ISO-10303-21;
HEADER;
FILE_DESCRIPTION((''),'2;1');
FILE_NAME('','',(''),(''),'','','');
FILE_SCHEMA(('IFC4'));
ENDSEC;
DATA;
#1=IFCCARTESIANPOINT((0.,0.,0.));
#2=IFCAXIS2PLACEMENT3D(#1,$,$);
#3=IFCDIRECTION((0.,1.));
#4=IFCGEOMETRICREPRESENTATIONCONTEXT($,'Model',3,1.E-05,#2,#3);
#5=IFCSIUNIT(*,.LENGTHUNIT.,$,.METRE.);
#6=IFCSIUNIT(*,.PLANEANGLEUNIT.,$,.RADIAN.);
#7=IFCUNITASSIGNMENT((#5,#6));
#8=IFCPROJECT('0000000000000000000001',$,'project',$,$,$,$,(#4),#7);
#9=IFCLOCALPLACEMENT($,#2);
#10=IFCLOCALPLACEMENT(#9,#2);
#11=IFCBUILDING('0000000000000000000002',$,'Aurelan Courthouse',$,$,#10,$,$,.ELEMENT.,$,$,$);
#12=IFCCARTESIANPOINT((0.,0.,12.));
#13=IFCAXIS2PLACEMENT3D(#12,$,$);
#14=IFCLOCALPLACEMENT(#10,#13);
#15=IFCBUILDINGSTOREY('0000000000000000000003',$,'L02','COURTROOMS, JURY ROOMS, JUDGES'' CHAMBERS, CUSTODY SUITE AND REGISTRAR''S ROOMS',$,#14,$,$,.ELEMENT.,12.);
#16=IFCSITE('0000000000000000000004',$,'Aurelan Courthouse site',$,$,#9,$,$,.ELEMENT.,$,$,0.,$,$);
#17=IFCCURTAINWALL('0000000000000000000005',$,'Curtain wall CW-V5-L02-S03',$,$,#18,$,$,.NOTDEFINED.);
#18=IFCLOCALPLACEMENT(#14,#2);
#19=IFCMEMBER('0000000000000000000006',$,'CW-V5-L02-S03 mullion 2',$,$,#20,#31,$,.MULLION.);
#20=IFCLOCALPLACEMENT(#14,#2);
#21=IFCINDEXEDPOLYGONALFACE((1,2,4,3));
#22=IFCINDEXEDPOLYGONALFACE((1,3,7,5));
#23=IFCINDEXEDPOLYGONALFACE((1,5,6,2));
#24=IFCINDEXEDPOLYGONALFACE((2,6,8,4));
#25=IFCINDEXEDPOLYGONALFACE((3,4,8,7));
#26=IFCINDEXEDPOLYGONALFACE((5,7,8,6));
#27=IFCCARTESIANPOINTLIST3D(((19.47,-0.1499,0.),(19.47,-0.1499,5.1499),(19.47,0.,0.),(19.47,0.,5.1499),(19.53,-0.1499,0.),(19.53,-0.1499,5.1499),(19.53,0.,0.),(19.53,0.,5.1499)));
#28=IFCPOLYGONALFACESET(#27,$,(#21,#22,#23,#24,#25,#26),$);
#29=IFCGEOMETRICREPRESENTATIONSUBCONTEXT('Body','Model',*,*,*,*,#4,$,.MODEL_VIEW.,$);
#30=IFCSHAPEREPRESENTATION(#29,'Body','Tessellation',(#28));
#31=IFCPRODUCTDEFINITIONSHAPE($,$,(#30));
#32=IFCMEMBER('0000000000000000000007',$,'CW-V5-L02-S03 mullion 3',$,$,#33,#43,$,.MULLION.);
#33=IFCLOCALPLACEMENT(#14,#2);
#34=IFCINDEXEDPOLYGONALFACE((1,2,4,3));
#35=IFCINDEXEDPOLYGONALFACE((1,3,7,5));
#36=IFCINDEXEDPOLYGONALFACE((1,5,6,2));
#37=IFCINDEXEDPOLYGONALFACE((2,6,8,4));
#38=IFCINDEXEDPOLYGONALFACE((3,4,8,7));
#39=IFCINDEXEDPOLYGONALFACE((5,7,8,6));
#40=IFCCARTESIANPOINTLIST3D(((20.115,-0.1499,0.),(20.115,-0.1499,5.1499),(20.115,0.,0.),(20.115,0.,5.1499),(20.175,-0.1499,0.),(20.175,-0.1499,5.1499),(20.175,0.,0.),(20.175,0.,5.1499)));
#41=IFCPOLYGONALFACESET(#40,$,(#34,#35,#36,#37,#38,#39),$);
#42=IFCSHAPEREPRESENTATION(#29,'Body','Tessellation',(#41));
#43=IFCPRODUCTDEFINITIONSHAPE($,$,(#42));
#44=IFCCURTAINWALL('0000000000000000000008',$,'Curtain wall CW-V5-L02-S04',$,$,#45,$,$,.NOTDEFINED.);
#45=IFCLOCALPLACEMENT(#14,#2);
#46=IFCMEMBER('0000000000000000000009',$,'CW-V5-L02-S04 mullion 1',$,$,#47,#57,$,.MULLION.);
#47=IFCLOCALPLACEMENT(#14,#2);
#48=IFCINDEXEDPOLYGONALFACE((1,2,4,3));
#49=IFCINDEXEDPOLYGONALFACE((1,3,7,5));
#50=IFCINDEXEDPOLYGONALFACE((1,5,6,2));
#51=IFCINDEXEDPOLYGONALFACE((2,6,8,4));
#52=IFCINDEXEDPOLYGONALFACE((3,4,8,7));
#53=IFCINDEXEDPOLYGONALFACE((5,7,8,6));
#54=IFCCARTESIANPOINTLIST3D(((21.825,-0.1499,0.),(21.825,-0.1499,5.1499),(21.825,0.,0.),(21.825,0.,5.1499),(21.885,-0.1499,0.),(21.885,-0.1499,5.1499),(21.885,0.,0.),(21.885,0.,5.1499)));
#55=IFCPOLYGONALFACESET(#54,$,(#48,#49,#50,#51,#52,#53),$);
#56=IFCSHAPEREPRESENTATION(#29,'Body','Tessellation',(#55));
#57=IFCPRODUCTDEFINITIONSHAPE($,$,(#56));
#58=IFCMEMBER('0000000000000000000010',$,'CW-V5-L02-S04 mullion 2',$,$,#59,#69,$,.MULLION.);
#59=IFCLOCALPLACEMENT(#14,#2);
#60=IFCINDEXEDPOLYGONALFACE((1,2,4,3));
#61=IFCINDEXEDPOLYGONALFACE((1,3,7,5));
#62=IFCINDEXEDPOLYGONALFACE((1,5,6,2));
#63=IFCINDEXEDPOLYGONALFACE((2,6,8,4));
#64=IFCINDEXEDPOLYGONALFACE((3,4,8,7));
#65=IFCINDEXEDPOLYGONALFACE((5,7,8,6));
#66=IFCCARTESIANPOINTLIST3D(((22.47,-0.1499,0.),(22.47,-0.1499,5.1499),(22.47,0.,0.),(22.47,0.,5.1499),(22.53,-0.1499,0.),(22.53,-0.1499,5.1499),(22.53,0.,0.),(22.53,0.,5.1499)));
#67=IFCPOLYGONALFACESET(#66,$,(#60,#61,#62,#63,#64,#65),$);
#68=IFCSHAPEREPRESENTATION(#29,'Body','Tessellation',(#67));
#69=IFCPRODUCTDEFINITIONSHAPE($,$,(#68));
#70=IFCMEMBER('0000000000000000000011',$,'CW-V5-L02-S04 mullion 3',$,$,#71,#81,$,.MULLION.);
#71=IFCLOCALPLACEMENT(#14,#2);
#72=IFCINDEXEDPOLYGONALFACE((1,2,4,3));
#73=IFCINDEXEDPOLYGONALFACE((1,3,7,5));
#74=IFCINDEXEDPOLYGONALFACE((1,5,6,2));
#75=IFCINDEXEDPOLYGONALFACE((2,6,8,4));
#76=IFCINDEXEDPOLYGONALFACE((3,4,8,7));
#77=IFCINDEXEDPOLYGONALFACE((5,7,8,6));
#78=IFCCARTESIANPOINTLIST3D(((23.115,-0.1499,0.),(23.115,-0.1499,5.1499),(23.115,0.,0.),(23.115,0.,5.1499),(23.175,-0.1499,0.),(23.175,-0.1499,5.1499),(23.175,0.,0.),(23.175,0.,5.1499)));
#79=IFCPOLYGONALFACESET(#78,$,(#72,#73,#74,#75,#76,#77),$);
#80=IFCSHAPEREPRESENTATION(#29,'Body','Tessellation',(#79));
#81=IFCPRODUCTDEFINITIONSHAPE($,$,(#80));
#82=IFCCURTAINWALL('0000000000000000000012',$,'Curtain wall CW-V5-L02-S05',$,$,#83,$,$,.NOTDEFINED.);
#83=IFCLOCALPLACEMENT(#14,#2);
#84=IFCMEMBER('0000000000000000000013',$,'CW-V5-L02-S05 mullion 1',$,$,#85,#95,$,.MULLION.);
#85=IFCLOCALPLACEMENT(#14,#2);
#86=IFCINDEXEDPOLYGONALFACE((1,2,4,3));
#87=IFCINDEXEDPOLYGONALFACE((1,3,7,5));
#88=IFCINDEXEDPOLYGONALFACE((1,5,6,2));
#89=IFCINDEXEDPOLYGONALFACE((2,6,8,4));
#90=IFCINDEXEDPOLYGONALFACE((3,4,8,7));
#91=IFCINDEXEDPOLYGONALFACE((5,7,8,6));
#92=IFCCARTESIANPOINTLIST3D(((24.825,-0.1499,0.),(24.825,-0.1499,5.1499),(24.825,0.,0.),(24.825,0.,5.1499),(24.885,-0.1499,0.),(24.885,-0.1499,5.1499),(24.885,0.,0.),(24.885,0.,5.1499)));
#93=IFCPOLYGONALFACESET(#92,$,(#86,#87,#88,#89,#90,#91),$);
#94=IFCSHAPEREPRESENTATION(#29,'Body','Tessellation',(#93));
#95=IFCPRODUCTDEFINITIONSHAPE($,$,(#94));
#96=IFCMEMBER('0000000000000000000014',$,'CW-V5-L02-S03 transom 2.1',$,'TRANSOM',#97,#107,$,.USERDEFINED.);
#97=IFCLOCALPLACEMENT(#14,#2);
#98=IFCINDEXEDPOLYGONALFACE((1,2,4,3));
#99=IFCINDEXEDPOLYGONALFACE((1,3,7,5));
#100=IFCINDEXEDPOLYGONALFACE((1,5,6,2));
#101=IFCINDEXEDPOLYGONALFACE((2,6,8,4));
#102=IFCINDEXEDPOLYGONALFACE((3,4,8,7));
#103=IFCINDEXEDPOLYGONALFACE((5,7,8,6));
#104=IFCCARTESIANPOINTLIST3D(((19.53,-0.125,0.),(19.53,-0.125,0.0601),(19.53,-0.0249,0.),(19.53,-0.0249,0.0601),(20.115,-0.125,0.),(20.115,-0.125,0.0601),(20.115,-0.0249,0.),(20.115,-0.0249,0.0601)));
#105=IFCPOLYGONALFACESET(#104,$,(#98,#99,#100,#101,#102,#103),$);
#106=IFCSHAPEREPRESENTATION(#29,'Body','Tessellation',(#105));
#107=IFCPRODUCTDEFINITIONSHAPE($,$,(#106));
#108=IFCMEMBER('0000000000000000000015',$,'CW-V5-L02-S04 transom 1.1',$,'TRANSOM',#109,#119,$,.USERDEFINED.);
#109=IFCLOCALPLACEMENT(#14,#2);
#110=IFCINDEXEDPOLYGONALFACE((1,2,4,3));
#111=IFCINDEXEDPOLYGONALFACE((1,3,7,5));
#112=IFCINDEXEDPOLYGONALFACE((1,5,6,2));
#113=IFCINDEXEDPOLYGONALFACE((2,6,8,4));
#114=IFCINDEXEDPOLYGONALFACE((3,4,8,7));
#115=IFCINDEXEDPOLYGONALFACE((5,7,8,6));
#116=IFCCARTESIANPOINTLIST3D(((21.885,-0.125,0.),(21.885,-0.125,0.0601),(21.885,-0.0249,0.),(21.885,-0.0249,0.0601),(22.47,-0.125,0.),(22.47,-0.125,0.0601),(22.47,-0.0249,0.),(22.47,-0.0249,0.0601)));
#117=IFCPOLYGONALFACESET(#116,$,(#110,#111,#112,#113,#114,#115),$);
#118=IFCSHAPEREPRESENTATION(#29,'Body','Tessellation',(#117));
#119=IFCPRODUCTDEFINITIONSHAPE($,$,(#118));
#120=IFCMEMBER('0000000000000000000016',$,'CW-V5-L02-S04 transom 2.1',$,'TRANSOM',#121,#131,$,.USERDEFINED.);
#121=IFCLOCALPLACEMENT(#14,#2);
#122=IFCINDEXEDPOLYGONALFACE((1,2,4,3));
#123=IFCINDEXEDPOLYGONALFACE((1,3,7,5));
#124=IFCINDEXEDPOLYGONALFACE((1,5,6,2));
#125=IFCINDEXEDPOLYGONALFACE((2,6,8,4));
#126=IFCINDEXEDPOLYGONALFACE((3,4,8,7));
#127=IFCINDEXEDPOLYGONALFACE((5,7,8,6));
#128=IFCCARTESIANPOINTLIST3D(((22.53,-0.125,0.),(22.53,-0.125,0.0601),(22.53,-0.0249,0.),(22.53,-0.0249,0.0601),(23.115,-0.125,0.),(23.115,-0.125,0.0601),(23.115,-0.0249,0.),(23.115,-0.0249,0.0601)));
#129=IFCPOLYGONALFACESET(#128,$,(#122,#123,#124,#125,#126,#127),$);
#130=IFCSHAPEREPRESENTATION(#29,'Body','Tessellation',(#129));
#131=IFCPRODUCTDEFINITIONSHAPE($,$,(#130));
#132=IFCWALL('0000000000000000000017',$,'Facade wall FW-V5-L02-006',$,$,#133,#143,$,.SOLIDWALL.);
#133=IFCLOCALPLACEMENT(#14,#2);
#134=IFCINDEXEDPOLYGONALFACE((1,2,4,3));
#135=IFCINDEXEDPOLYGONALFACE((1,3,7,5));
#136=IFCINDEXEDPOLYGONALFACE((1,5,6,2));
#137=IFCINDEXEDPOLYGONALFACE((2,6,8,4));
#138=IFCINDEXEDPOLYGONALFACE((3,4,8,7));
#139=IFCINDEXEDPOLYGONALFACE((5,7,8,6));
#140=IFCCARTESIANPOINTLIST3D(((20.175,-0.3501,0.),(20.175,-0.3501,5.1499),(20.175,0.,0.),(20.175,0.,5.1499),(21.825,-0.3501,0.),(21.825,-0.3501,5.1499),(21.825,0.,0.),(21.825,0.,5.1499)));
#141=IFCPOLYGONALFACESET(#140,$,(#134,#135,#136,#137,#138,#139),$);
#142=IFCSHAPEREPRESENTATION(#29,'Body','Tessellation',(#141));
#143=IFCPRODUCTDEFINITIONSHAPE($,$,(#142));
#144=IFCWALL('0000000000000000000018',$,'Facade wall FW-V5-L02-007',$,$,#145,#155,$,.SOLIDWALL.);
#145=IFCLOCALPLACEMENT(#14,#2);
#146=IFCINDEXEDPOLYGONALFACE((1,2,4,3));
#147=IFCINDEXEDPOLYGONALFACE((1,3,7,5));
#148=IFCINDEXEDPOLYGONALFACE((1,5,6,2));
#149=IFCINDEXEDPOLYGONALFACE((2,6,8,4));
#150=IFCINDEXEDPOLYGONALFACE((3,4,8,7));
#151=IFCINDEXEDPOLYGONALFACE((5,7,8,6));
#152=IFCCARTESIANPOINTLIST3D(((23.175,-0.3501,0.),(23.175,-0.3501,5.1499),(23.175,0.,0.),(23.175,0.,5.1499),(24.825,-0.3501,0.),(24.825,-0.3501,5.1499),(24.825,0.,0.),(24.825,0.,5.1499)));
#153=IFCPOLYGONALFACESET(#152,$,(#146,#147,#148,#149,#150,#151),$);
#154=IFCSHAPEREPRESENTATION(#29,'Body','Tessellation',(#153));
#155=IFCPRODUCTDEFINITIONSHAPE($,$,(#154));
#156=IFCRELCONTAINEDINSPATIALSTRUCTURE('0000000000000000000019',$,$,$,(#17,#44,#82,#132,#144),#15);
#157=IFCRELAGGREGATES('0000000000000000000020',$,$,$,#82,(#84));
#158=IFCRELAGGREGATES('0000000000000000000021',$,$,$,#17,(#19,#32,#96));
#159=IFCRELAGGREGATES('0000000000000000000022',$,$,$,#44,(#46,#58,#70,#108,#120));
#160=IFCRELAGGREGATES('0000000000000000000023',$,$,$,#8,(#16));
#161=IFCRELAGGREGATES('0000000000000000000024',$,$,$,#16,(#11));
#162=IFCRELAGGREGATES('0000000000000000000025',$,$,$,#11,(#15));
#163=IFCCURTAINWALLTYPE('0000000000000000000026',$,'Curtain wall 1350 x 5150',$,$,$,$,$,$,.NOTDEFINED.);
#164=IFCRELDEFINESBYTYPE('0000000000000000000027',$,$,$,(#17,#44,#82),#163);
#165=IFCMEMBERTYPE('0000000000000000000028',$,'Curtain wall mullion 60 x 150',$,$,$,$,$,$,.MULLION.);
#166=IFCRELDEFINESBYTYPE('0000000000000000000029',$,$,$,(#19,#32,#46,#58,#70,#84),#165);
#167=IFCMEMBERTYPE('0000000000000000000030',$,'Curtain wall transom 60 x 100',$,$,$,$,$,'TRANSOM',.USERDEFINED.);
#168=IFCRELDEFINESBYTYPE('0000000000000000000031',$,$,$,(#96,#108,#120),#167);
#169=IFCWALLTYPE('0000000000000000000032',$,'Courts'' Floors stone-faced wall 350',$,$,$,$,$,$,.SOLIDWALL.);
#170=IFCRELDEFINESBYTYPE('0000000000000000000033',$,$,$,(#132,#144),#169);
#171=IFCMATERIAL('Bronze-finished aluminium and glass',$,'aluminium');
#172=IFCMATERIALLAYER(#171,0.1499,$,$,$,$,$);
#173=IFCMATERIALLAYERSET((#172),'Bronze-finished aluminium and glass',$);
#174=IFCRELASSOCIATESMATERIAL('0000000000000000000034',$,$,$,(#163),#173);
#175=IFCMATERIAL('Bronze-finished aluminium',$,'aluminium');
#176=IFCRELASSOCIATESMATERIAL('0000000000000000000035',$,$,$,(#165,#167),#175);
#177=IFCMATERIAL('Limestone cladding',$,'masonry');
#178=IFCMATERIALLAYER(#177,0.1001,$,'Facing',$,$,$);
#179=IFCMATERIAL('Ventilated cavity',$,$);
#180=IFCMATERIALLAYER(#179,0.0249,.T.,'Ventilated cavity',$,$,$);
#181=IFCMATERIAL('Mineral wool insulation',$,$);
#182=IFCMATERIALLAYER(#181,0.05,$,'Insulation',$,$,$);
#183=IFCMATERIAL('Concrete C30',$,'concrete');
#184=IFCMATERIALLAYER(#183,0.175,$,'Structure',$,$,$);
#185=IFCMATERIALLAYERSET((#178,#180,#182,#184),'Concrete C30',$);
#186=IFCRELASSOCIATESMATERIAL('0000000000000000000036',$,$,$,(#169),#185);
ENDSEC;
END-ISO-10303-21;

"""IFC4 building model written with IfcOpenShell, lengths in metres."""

from ifc_helpers import new_model, si_unit, direction, frame, frame_2d, origin, origin_2d, place, context, subcontext, project, spatial, rectangle, extrude, material, layer, layer_set, material_profile, profile_set, type_object, element, aggregate, save


model = new_model("IFC4")

# Units and contexts
model_context = context("Model", 3, precision=1e-05, world=origin(), true_north=direction((0.0, 1.0)))
body_context = subcontext(model_context, "Body", "Model", "MODEL_VIEW")
ifc_project = project(units=[si_unit("LENGTHUNIT", "METRE"), si_unit("PLANEANGLEUNIT", "RADIAN")], contexts=[model_context])

# Site, building, storey
site_placement = place(None, origin())
site = spatial("IfcSite", under=ifc_project, at=site_placement, Name="Aurelan Courthouse site", CompositionType="ELEMENT", RefElevation=0.0)
building_placement = place(site_placement, origin())
building = spatial("IfcBuilding", under=site, at=building_placement, Name="Aurelan Courthouse", CompositionType="ELEMENT")
storey_placement = place(building_placement, frame((0.0, 0.0, 12.0)))
storey = spatial("IfcBuildingStorey", under=building, at=storey_placement, Name="L02", Description="COURTROOMS, JURY ROOMS, JUDGES' CHAMBERS, CUSTODY SUITE AND REGISTRAR'S ROOMS", CompositionType="ELEMENT", Elevation=12.0)

# Curtain walls, members
ifc_material_1 = material(Name="Bronze-finished aluminium and glass", Category="aluminium")
ifc_layer_1 = layer(ifc_material_1, 0.1499)
ifc_layer_set_1 = layer_set([ifc_layer_1], Name="Bronze-finished aluminium and glass")
curtain_wall_type = type_object("IfcCurtainWallType", Name="Curtain wall 1350 x 5150", PredefinedType="NOTDEFINED", material=ifc_layer_set_1)
curtain_wall_1_placement = place(storey_placement, origin())
curtain_wall_1 = element("IfcCurtainWall", 1, at=curtain_wall_1_placement, inside=storey, type_object=curtain_wall_type, Name="Curtain wall CW-V5-L02-S03", PredefinedType="NOTDEFINED")
ifc_material_2 = material(Name="Bronze-finished aluminium", Category="aluminium")
ifc_material_profile_1 = material_profile(ifc_material_2, rectangle(XDim=0.1499, YDim=0.0601, at=origin_2d()), Name="Bronze mullion 60 x 150")
ifc_profile_set_1 = profile_set([ifc_material_profile_1], Name="Bronze-finished aluminium")
member_type_1 = type_object("IfcMemberType", Name="Curtain wall mullion 60 x 150", PredefinedType="MULLION", material=ifc_profile_set_1)
member_1_placement = place(storey_placement, frame((19.5, -0.075, 0.0), z_axis=(0.0, 0.0, 1.0), x_axis=(0.0, 1.0, 0.0)))
member_1 = element("IfcMember", 2, at=member_1_placement, type_object=member_type_1, Name="CW-V5-L02-S03 mullion 2", PredefinedType="MULLION", context=body_context, shape_type="SweptSolid", body=[
    extrude(rectangle(XDim=0.1499, YDim=0.0601, at=origin_2d()), origin(), (0.0, 0.0, 1.0), 5.1499),
])
member_2_placement = place(storey_placement, frame((20.145, -0.075, 0.0), z_axis=(0.0, 0.0, 1.0), x_axis=(0.0, 1.0, 0.0)))
member_2 = element("IfcMember", 3, at=member_2_placement, type_object=member_type_1, Name="CW-V5-L02-S03 mullion 3", PredefinedType="MULLION", context=body_context, shape_type="SweptSolid", body=[
    extrude(rectangle(XDim=0.1499, YDim=0.0601, at=origin_2d()), origin(), (0.0, 0.0, 1.0), 5.1499),
])
curtain_wall_2_placement = place(storey_placement, origin())
curtain_wall_2 = element("IfcCurtainWall", 4, at=curtain_wall_2_placement, inside=storey, type_object=curtain_wall_type, Name="Curtain wall CW-V5-L02-S04", PredefinedType="NOTDEFINED")
member_3_placement = place(storey_placement, frame((21.855, -0.075, 0.0), z_axis=(0.0, 0.0, 1.0), x_axis=(0.0, 1.0, 0.0)))
member_3 = element("IfcMember", 5, at=member_3_placement, type_object=member_type_1, Name="CW-V5-L02-S04 mullion 1", PredefinedType="MULLION", context=body_context, shape_type="SweptSolid", body=[
    extrude(rectangle(XDim=0.1499, YDim=0.0601, at=origin_2d()), origin(), (0.0, 0.0, 1.0), 5.1499),
])
member_4_placement = place(storey_placement, frame((22.5, -0.075, 0.0), z_axis=(0.0, 0.0, 1.0), x_axis=(0.0, 1.0, 0.0)))
member_4 = element("IfcMember", 6, at=member_4_placement, type_object=member_type_1, Name="CW-V5-L02-S04 mullion 2", PredefinedType="MULLION", context=body_context, shape_type="SweptSolid", body=[
    extrude(rectangle(XDim=0.1499, YDim=0.0601, at=origin_2d()), origin(), (0.0, 0.0, 1.0), 5.1499),
])
member_5_placement = place(storey_placement, frame((23.145, -0.075, 0.0), z_axis=(0.0, 0.0, 1.0), x_axis=(0.0, 1.0, 0.0)))
member_5 = element("IfcMember", 7, at=member_5_placement, type_object=member_type_1, Name="CW-V5-L02-S04 mullion 3", PredefinedType="MULLION", context=body_context, shape_type="SweptSolid", body=[
    extrude(rectangle(XDim=0.1499, YDim=0.0601, at=origin_2d()), origin(), (0.0, 0.0, 1.0), 5.1499),
])

# Curtain wall, member
curtain_wall_3_placement = place(storey_placement, origin())
curtain_wall_3 = element("IfcCurtainWall", 8, at=curtain_wall_3_placement, inside=storey, type_object=curtain_wall_type, Name="Curtain wall CW-V5-L02-S05", PredefinedType="NOTDEFINED")
member_6_placement = place(storey_placement, frame((24.855, -0.075, 0.0), z_axis=(0.0, 0.0, 1.0), x_axis=(0.0, 1.0, 0.0)))
member_6 = element("IfcMember", 9, at=member_6_placement, type_object=member_type_1, Name="CW-V5-L02-S05 mullion 1", PredefinedType="MULLION", context=body_context, shape_type="SweptSolid", body=[
    extrude(rectangle(XDim=0.1499, YDim=0.0601, at=origin_2d()), origin(), (0.0, 0.0, 1.0), 5.1499),
])
aggregate(curtain_wall_3, [member_6])

# Members
ifc_material_profile_2 = material_profile(ifc_material_2, rectangle(XDim=0.1001, YDim=0.0601, at=origin_2d()), Name="Bronze transom 60 x 100")
ifc_profile_set_2 = profile_set([ifc_material_profile_2], Name="Bronze-finished aluminium")
member_type_2 = type_object("IfcMemberType", Name="Curtain wall transom 60 x 100", ElementType="TRANSOM", PredefinedType="USERDEFINED", material=ifc_profile_set_2)
member_7_placement = place(storey_placement, frame((19.53, -0.075, 0.03), z_axis=(1.0, 0.0, 0.0), x_axis=(0.0, 1.0, 0.0)))
member_7 = element("IfcMember", 10, at=member_7_placement, type_object=member_type_2, Name="CW-V5-L02-S03 transom 2.1", ObjectType="TRANSOM", PredefinedType="USERDEFINED", context=body_context, shape_type="SweptSolid", body=[
    extrude(rectangle(XDim=0.1001, YDim=0.0601, at=origin_2d()), origin(), (0.0, 0.0, 1.0), 0.585),
])
aggregate(curtain_wall_1, [member_1, member_2, member_7])
member_8_placement = place(storey_placement, frame((21.885, -0.075, 0.03), z_axis=(1.0, 0.0, 0.0), x_axis=(0.0, 1.0, 0.0)))
member_8 = element("IfcMember", 11, at=member_8_placement, type_object=member_type_2, Name="CW-V5-L02-S04 transom 1.1", ObjectType="TRANSOM", PredefinedType="USERDEFINED", context=body_context, shape_type="SweptSolid", body=[
    extrude(rectangle(XDim=0.1001, YDim=0.0601, at=origin_2d()), origin(), (0.0, 0.0, 1.0), 0.585),
])
member_9_placement = place(storey_placement, frame((22.53, -0.075, 0.03), z_axis=(1.0, 0.0, 0.0), x_axis=(0.0, 1.0, 0.0)))
member_9 = element("IfcMember", 12, at=member_9_placement, type_object=member_type_2, Name="CW-V5-L02-S04 transom 2.1", ObjectType="TRANSOM", PredefinedType="USERDEFINED", context=body_context, shape_type="SweptSolid", body=[
    extrude(rectangle(XDim=0.1001, YDim=0.0601, at=origin_2d()), origin(), (0.0, 0.0, 1.0), 0.585),
])
aggregate(curtain_wall_2, [member_3, member_4, member_5, member_8, member_9])

# Walls
ifc_material_3 = material(Name="Limestone cladding", Category="masonry")
ifc_layer_2 = layer(ifc_material_3, 0.1001, Name="Facing")
ifc_material_4 = material(Name="Ventilated cavity")
ifc_layer_3 = layer(ifc_material_4, 0.0249, ventilated=True, Name="Ventilated cavity")
ifc_material_5 = material(Name="Mineral wool insulation")
ifc_layer_4 = layer(ifc_material_5, 0.05, Name="Insulation")
ifc_material_6 = material(Name="Concrete C30", Category="concrete")
ifc_layer_5 = layer(ifc_material_6, 0.175, Name="Structure")
ifc_layer_set_2 = layer_set([ifc_layer_2, ifc_layer_3, ifc_layer_4, ifc_layer_5], Name="Concrete C30")
wall_type_1 = type_object("IfcWallType", Name="Courts' Floors stone-faced wall 350", PredefinedType="SOLIDWALL", material=ifc_layer_set_2)
for number, where, z_axis, x_axis, name in (
    (13, (20.175, -0.175, 0.0), (0.0, 0.0, 1.0), (1.0, 0.0, 0.0), "Facade wall FW-V5-L02-006"),
    (14, (23.175, -0.175, 0.0), (0.0, 0.0, 1.0), (1.0, 0.0, 0.0), "Facade wall FW-V5-L02-007"),
):
    element("IfcWall", number, at=place(storey_placement, frame(where, z_axis=z_axis, x_axis=x_axis)), inside=storey, type_object=wall_type_1, Name=name, PredefinedType="SOLIDWALL", context=body_context, shape_type="SweptSolid", body=[
        extrude(rectangle(XDim=1.6499, YDim=0.3501, at=frame_2d((0.825, 0.0))), origin(), (0.0, 0.0, 1.0), 5.1499),
    ])

save(model, "model.ifc")
